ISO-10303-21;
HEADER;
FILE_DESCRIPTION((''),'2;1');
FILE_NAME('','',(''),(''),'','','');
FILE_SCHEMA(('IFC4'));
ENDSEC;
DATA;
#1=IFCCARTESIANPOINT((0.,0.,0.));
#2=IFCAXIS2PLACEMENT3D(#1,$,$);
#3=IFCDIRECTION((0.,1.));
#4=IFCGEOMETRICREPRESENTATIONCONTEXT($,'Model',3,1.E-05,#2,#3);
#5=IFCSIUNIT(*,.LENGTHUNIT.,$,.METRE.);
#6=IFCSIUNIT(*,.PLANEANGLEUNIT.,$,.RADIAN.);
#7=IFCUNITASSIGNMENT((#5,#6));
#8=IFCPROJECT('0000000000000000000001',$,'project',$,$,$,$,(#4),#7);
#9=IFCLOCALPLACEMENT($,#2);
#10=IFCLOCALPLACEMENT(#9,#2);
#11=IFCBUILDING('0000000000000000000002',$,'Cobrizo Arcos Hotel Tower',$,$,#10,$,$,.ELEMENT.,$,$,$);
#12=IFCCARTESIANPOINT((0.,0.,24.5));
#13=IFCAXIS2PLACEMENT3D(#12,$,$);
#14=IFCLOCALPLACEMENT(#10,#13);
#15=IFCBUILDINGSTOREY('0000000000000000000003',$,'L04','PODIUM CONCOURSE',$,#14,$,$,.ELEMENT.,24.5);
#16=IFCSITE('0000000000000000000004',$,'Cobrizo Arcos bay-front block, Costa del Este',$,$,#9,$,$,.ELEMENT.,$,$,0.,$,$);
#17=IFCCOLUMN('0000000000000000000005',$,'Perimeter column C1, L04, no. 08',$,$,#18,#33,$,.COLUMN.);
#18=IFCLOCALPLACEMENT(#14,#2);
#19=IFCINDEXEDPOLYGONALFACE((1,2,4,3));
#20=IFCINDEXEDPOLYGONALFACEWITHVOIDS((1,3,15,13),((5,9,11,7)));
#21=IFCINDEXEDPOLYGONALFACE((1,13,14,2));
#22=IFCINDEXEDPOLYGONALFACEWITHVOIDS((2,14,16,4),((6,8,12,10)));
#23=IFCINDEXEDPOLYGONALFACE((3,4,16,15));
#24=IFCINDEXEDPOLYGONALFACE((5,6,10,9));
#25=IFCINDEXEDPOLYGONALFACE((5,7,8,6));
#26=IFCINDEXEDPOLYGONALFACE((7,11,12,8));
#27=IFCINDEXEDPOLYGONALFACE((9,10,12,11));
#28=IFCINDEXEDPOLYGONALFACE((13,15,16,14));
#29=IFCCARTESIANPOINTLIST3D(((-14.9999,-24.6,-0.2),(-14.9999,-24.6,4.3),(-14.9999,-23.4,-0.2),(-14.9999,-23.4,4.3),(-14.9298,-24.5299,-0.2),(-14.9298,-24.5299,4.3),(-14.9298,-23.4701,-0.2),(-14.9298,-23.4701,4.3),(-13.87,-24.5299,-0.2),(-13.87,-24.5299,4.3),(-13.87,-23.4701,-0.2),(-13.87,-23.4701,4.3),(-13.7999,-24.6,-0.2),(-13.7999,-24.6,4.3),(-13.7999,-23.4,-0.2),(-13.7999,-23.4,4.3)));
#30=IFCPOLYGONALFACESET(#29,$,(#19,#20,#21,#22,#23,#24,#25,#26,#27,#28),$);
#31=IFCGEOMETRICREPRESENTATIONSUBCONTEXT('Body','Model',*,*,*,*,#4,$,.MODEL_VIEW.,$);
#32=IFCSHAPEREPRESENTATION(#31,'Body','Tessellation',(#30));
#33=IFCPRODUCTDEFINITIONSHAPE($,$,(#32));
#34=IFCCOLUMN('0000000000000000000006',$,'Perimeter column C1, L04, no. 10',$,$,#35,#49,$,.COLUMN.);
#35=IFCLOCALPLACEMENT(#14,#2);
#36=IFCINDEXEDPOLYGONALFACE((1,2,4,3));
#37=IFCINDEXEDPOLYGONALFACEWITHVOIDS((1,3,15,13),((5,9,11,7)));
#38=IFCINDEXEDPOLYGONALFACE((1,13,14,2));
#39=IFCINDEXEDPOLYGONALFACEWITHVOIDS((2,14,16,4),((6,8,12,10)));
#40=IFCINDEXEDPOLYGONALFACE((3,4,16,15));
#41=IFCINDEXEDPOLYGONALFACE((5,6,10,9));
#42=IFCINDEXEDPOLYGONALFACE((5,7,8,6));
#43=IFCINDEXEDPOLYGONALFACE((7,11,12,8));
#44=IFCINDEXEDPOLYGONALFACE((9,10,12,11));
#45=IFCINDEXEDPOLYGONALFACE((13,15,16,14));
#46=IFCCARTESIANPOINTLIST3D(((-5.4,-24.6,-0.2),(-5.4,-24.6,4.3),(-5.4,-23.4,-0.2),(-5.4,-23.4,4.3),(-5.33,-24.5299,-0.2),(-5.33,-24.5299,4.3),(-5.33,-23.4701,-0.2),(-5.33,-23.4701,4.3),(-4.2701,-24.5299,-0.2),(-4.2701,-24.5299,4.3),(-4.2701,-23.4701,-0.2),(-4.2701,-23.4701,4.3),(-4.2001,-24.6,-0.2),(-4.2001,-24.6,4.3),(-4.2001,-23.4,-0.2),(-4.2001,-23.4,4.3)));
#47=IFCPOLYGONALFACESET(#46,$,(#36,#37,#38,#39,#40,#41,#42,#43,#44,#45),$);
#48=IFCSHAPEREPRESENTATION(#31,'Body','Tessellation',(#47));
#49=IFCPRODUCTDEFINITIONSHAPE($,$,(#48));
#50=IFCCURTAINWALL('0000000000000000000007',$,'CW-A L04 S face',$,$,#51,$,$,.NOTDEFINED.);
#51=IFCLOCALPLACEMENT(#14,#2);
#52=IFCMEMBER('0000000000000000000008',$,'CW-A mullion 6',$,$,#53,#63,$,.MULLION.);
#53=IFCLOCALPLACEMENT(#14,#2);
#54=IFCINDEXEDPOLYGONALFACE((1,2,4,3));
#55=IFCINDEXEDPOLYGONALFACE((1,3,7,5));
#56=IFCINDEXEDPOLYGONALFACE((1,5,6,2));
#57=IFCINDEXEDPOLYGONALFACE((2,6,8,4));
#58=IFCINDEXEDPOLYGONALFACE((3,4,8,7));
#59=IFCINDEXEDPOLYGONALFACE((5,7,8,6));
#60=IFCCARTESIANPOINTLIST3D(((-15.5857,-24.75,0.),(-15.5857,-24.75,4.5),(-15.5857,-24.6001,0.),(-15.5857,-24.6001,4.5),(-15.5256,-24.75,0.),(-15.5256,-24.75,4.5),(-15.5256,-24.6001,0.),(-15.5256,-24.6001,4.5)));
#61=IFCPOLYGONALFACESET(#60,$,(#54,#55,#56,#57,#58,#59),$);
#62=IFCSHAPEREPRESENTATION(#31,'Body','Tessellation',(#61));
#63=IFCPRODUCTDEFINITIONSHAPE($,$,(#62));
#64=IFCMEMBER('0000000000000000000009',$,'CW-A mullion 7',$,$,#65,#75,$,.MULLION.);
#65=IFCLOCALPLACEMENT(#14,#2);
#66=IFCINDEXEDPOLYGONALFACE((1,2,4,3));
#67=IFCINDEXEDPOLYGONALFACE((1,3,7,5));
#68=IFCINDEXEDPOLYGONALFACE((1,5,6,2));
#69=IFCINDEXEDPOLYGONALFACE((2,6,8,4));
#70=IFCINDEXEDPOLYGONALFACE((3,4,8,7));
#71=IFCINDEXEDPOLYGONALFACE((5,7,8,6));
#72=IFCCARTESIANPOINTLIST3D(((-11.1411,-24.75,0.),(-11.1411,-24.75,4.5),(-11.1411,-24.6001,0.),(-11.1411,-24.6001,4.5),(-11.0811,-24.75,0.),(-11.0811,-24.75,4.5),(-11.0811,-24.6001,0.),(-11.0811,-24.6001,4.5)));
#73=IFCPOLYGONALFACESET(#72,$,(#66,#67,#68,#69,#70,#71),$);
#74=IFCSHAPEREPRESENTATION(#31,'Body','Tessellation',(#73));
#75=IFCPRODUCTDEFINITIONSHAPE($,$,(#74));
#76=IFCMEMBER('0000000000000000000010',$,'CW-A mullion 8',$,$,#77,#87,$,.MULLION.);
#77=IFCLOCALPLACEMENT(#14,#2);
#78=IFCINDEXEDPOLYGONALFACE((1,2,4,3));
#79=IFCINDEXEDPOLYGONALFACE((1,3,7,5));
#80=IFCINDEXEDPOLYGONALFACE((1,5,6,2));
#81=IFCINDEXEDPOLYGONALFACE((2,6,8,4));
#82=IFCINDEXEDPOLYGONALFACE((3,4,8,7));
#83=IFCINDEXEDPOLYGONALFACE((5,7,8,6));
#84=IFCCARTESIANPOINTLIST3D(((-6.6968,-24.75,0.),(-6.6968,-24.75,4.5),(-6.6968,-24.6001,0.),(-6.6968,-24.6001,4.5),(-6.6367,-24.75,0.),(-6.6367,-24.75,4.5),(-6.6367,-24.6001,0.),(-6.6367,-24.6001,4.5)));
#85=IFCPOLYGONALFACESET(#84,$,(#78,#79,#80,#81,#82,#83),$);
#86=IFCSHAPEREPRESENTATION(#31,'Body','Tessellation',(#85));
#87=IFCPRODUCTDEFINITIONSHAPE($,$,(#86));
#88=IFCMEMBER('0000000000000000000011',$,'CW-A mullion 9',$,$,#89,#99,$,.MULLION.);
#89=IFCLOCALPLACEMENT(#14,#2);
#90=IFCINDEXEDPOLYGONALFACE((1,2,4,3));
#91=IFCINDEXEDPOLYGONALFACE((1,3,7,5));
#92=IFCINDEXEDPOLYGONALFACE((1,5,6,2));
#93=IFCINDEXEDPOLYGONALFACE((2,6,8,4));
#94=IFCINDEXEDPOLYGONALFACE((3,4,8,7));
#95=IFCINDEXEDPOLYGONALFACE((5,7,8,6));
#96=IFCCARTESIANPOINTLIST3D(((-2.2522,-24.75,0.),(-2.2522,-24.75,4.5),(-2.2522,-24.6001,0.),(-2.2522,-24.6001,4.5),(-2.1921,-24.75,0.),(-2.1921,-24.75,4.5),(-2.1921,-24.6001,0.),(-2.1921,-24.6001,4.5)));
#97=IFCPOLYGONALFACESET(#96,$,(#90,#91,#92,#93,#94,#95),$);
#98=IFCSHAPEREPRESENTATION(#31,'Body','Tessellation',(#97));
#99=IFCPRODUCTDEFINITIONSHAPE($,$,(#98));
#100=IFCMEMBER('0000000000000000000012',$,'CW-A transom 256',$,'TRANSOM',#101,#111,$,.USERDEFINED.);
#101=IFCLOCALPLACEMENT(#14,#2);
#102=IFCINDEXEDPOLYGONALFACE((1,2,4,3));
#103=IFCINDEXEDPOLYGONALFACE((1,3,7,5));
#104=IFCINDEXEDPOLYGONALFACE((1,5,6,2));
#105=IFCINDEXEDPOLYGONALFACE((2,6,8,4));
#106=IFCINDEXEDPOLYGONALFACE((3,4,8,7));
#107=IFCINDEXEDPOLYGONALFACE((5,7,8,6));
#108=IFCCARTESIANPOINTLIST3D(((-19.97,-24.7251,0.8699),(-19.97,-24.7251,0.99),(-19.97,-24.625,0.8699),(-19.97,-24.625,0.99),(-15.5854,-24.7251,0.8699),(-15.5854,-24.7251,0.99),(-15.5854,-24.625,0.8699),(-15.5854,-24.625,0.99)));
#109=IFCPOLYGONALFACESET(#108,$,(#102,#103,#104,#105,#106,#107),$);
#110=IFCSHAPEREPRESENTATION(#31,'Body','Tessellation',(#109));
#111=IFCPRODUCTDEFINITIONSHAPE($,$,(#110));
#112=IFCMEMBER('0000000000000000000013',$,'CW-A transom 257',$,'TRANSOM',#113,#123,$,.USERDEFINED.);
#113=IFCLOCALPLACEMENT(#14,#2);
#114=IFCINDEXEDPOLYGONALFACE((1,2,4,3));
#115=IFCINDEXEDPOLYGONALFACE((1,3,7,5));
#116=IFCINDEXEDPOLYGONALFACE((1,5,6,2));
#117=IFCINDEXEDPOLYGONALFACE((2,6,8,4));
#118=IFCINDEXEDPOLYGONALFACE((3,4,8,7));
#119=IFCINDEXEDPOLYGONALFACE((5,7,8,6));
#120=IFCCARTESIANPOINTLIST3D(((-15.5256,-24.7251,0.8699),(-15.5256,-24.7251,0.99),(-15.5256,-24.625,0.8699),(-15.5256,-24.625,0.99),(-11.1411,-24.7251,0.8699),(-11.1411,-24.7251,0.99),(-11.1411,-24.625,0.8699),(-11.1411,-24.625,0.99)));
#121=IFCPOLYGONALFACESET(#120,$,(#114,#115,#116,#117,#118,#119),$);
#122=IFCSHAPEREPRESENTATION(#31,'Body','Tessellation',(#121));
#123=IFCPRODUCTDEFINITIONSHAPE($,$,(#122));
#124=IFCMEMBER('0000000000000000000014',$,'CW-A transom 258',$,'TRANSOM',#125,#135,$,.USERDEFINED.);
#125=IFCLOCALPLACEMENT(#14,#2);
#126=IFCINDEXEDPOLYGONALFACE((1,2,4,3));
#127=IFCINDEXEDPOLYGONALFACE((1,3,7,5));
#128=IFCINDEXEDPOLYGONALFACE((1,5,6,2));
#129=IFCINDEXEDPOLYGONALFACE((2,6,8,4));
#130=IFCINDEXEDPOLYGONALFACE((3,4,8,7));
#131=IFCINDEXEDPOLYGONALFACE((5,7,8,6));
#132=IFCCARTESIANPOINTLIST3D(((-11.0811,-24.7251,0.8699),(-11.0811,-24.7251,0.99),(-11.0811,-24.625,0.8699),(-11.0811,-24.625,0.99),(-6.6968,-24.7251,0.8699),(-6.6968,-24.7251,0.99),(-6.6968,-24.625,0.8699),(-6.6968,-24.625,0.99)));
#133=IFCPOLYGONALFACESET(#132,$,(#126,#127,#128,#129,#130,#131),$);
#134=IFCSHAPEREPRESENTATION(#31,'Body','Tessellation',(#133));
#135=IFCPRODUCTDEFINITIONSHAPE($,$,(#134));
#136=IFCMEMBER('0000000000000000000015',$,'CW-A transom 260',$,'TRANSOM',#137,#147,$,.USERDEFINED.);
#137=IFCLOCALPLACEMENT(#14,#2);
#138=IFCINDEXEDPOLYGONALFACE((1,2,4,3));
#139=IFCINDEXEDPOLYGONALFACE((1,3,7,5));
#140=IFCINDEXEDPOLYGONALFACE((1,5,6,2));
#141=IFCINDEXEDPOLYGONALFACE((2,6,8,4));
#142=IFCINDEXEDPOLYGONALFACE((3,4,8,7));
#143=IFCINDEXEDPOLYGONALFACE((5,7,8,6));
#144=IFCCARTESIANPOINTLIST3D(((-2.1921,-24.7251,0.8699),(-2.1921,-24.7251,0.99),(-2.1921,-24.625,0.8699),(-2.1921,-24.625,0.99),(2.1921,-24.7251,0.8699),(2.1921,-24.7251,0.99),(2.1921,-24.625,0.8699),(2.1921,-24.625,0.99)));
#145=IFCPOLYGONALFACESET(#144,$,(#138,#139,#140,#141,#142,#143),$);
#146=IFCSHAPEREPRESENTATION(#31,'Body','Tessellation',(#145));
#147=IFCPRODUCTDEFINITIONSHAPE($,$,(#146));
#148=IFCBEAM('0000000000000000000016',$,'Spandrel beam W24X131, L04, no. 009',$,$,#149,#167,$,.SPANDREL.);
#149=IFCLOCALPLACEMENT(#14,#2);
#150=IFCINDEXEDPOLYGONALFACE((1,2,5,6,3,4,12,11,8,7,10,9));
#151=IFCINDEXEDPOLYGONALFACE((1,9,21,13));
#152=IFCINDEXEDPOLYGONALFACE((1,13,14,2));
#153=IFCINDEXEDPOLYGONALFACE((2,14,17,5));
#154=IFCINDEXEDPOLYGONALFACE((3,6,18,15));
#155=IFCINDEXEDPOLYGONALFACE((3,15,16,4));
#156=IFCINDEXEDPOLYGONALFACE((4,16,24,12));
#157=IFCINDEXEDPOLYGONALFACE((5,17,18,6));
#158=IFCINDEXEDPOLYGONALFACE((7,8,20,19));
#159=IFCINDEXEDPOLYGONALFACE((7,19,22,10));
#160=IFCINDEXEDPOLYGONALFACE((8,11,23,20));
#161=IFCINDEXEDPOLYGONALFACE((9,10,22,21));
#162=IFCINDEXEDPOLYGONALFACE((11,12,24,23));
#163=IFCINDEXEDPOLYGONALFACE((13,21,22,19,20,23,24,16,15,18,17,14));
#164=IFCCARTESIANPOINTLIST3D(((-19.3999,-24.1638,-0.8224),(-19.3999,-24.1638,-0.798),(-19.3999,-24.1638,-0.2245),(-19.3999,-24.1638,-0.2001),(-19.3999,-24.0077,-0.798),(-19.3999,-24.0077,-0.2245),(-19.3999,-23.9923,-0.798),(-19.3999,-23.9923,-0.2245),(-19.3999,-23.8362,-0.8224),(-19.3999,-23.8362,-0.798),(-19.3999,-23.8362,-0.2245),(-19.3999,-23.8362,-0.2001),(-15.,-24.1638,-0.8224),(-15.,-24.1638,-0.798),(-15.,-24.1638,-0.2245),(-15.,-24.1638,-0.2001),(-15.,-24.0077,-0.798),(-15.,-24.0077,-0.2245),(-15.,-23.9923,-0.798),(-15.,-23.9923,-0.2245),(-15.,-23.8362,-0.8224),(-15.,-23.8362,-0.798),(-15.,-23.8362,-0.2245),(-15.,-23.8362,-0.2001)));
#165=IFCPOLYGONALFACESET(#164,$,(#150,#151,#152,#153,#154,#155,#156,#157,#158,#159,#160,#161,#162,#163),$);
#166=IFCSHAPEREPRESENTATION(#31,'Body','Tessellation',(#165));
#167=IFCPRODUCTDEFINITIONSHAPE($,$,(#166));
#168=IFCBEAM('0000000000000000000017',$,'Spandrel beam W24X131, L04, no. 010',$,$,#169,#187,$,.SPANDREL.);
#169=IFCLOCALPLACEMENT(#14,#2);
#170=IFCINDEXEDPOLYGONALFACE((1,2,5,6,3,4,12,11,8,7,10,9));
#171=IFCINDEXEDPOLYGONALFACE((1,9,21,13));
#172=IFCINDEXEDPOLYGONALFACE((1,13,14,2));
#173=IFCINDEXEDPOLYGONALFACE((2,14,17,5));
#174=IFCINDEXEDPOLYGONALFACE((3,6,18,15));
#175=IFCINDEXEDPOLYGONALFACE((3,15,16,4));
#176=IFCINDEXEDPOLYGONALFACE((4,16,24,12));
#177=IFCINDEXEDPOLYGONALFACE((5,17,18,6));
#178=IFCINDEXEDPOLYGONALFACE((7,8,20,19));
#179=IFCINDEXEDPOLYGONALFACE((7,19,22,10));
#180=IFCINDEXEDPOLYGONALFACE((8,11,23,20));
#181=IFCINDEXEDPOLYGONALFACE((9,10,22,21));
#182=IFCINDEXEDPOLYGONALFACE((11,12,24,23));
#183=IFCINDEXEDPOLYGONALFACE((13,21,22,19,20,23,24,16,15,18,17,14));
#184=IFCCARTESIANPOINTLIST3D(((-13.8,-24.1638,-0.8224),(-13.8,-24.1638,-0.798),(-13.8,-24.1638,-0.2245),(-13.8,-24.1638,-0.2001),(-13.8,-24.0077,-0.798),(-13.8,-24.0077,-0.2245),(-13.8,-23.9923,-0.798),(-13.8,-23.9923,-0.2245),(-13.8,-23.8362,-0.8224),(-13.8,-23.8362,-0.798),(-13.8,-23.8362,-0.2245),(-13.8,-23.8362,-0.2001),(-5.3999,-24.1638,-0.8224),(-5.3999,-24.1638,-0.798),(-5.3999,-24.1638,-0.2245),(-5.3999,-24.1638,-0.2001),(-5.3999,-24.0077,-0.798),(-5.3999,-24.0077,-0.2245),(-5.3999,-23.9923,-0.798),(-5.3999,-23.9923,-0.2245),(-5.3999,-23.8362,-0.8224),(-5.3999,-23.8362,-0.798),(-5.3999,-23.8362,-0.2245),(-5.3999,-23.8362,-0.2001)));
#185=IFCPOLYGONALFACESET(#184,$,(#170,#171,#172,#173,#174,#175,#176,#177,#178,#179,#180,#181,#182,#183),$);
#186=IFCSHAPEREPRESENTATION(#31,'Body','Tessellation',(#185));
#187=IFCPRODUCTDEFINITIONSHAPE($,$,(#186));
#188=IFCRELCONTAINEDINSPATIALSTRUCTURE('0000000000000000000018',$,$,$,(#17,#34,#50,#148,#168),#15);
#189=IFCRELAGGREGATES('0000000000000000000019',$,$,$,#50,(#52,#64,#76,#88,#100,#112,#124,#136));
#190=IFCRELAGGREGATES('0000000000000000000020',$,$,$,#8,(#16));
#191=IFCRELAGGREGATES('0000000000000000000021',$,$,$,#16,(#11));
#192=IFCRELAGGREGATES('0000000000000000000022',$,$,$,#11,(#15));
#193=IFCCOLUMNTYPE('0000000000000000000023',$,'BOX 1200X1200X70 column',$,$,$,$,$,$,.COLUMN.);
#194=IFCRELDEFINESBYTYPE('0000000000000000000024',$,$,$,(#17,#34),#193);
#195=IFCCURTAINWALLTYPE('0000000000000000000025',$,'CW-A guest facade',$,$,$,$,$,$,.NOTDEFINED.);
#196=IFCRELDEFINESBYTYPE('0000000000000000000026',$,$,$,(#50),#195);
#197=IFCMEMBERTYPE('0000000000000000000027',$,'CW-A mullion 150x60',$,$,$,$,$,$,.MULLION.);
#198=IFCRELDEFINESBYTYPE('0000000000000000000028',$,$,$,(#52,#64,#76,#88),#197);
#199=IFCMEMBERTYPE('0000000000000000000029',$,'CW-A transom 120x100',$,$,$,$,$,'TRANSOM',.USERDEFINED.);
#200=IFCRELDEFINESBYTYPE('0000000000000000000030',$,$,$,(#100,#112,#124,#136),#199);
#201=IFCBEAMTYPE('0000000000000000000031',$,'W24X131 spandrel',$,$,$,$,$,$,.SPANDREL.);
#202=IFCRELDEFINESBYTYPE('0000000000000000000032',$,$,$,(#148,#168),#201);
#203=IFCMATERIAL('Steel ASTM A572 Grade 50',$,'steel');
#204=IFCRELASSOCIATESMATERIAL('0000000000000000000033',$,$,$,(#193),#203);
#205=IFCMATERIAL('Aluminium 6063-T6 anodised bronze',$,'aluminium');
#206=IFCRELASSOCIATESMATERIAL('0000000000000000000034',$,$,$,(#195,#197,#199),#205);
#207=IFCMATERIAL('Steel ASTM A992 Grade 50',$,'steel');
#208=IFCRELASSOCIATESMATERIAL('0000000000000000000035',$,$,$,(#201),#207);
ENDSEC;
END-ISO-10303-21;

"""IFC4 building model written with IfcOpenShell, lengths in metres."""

from ifc_helpers import new_model, si_unit, direction, frame, origin, origin_2d, place, context, subcontext, project, spatial, rectangle, hollow_rectangle, i_section, extrude, material, material_profile, profile_set, type_object, element, aggregate, save


model = new_model("IFC4")

# Units and contexts
model_context = context("Model", 3, precision=1e-05, world=origin(), true_north=direction((0.0, 1.0)))
body_context = subcontext(model_context, "Body", "Model", "MODEL_VIEW")
ifc_project = project(units=[si_unit("LENGTHUNIT", "METRE"), si_unit("PLANEANGLEUNIT", "RADIAN")], contexts=[model_context])

# Site, building, storey
site_placement = place(None, origin())
site = spatial("IfcSite", under=ifc_project, at=site_placement, Name="Cobrizo Arcos bay-front block, Costa del Este", CompositionType="ELEMENT", RefElevation=0.0)
building_placement = place(site_placement, origin())
building = spatial("IfcBuilding", under=site, at=building_placement, Name="Cobrizo Arcos Hotel Tower", CompositionType="ELEMENT")
storey_placement = place(building_placement, frame((0.0, 0.0, 24.5)))
storey = spatial("IfcBuildingStorey", under=building, at=storey_placement, Name="L04", Description="PODIUM CONCOURSE", CompositionType="ELEMENT", Elevation=24.5)

# Columns
ifc_material_1 = material(Name="Steel ASTM A572 Grade 50", Category="steel")
ifc_material_profile_1 = material_profile(ifc_material_1, hollow_rectangle(XDim=1.2, YDim=1.2, WallThickness=0.0701, at=origin_2d()), Name="BOX 1200X1200X70")
ifc_profile_set_1 = profile_set([ifc_material_profile_1], Name="Steel ASTM A572 Grade 50")
column_type = type_object("IfcColumnType", Name="BOX 1200X1200X70 column", PredefinedType="COLUMN", material=ifc_profile_set_1)
for number, where, z_axis, x_axis, name in (
    (1, (-14.3999, -24.0, -0.2), (0.0, 0.0, 1.0), (1.0, 0.0, 0.0), "Perimeter column C1, L04, no. 08"),
    (2, (-4.8, -24.0, -0.2), (0.0, 0.0, 1.0), (1.0, 0.0, 0.0), "Perimeter column C1, L04, no. 10"),
):
    element("IfcColumn", number, at=place(storey_placement, frame(where, z_axis=z_axis, x_axis=x_axis)), inside=storey, type_object=column_type, Name=name, PredefinedType="COLUMN", context=body_context, shape_type="SweptSolid", body=[
        extrude(hollow_rectangle(XDim=1.2, YDim=1.2, WallThickness=0.0701, at=origin_2d()), origin(), (0.0, 0.0, 1.0), 4.5),
    ])

# Curtain wall, members
ifc_material_2 = material(Name="Aluminium 6063-T6 anodised bronze", Category="aluminium")
curtain_wall_type = type_object("IfcCurtainWallType", Name="CW-A guest facade", PredefinedType="NOTDEFINED", material=ifc_material_2)
curtain_wall_placement = place(storey_placement, origin())
curtain_wall = element("IfcCurtainWall", 3, at=curtain_wall_placement, inside=storey, type_object=curtain_wall_type, Name="CW-A L04 S face", PredefinedType="NOTDEFINED")
ifc_material_profile_2 = material_profile(ifc_material_2, rectangle(XDim=0.1499, YDim=0.0601, at=origin_2d()), Name="CW-A mullion 150x60")
ifc_profile_set_2 = profile_set([ifc_material_profile_2], Name="Aluminium 6063-T6 anodised bronze")
member_type_1 = type_object("IfcMemberType", Name="CW-A mullion 150x60", PredefinedType="MULLION", material=ifc_profile_set_2)
member_1_placement = place(storey_placement, frame((-15.5557, -24.675, 0.0), z_axis=(0.0, 0.0, 1.0), x_axis=(0.0, -1.0, 0.0)))
member_1 = element("IfcMember", 4, at=member_1_placement, type_object=member_type_1, Name="CW-A mullion 6", PredefinedType="MULLION", context=body_context, shape_type="SweptSolid", body=[
    extrude(rectangle(XDim=0.1499, YDim=0.0601, at=origin_2d()), origin(), (0.0, 0.0, 1.0), 4.5),
])
member_2_placement = place(storey_placement, frame((-11.1111, -24.675, 0.0), z_axis=(0.0, 0.0, 1.0), x_axis=(0.0, -1.0, 0.0)))
member_2 = element("IfcMember", 5, at=member_2_placement, type_object=member_type_1, Name="CW-A mullion 7", PredefinedType="MULLION", context=body_context, shape_type="SweptSolid", body=[
    extrude(rectangle(XDim=0.1499, YDim=0.0601, at=origin_2d()), origin(), (0.0, 0.0, 1.0), 4.5),
])
member_3_placement = place(storey_placement, frame((-6.6667, -24.675, 0.0), z_axis=(0.0, 0.0, 1.0), x_axis=(0.0, -1.0, 0.0)))
member_3 = element("IfcMember", 6, at=member_3_placement, type_object=member_type_1, Name="CW-A mullion 8", PredefinedType="MULLION", context=body_context, shape_type="SweptSolid", body=[
    extrude(rectangle(XDim=0.1499, YDim=0.0601, at=origin_2d()), origin(), (0.0, 0.0, 1.0), 4.5),
])
member_4_placement = place(storey_placement, frame((-2.2222, -24.675, 0.0), z_axis=(0.0, 0.0, 1.0), x_axis=(0.0, -1.0, 0.0)))
member_4 = element("IfcMember", 7, at=member_4_placement, type_object=member_type_1, Name="CW-A mullion 9", PredefinedType="MULLION", context=body_context, shape_type="SweptSolid", body=[
    extrude(rectangle(XDim=0.1499, YDim=0.0601, at=origin_2d()), origin(), (0.0, 0.0, 1.0), 4.5),
])
ifc_material_profile_3 = material_profile(ifc_material_2, rectangle(XDim=0.1001, YDim=0.1201, at=origin_2d()), Name="CW-A transom 120x100")
ifc_profile_set_3 = profile_set([ifc_material_profile_3], Name="Aluminium 6063-T6 anodised bronze")
member_type_2 = type_object("IfcMemberType", Name="CW-A transom 120x100", ElementType="TRANSOM", PredefinedType="USERDEFINED", material=ifc_profile_set_3)
member_5_placement = place(storey_placement, frame((-19.97, -24.675, 0.9299), z_axis=(1.0, 0.0, 0.0), x_axis=(0.0, 1.0, 0.0)))
member_5 = element("IfcMember", 8, at=member_5_placement, type_object=member_type_2, Name="CW-A transom 256", ObjectType="TRANSOM", PredefinedType="USERDEFINED", context=body_context, shape_type="SweptSolid", body=[
    extrude(rectangle(XDim=0.1001, YDim=0.1201, at=origin_2d()), origin(), (0.0, 0.0, 1.0), 4.3845),
])
member_6_placement = place(storey_placement, frame((-15.5256, -24.675, 0.9299), z_axis=(1.0, 0.0, 0.0), x_axis=(0.0, 1.0, 0.0)))
member_6 = element("IfcMember", 9, at=member_6_placement, type_object=member_type_2, Name="CW-A transom 257", ObjectType="TRANSOM", PredefinedType="USERDEFINED", context=body_context, shape_type="SweptSolid", body=[
    extrude(rectangle(XDim=0.1001, YDim=0.1201, at=origin_2d()), origin(), (0.0, 0.0, 1.0), 4.3845),
])
member_7_placement = place(storey_placement, frame((-11.0811, -24.675, 0.9299), z_axis=(1.0, 0.0, 0.0), x_axis=(0.0, 1.0, 0.0)))
member_7 = element("IfcMember", 10, at=member_7_placement, type_object=member_type_2, Name="CW-A transom 258", ObjectType="TRANSOM", PredefinedType="USERDEFINED", context=body_context, shape_type="SweptSolid", body=[
    extrude(rectangle(XDim=0.1001, YDim=0.1201, at=origin_2d()), origin(), (0.0, 0.0, 1.0), 4.3843),
])
member_8_placement = place(storey_placement, frame((-2.1921, -24.675, 0.9299), z_axis=(1.0, 0.0, 0.0), x_axis=(0.0, 1.0, 0.0)))
member_8 = element("IfcMember", 11, at=member_8_placement, type_object=member_type_2, Name="CW-A transom 260", ObjectType="TRANSOM", PredefinedType="USERDEFINED", context=body_context, shape_type="SweptSolid", body=[
    extrude(rectangle(XDim=0.1001, YDim=0.1201, at=origin_2d()), origin(), (0.0, 0.0, 1.0), 4.3843),
])

# Beams
ifc_material_3 = material(Name="Steel ASTM A992 Grade 50", Category="steel")
ifc_material_profile_4 = material_profile(ifc_material_3, i_section(OverallWidth=0.3276, OverallDepth=0.6223, WebThickness=0.0154, FlangeThickness=0.0244, at=origin_2d()), Name="W24X131")
ifc_profile_set_4 = profile_set([ifc_material_profile_4], Name="Steel ASTM A992 Grade 50")
beam_type_1 = type_object("IfcBeamType", Name="W24X131 spandrel", PredefinedType="SPANDREL", material=ifc_profile_set_4)
beam_1_placement = place(storey_placement, frame((-19.3999, -24.0, -0.5112), z_axis=(1.0, 0.0, 0.0), x_axis=(0.0, 1.0, 0.0)))
element("IfcBeam", 12, at=beam_1_placement, inside=storey, type_object=beam_type_1, Name="Spandrel beam W24X131, L04, no. 009", PredefinedType="SPANDREL", context=body_context, shape_type="SweptSolid", body=[
    extrude(i_section(OverallWidth=0.3276, OverallDepth=0.6223, WebThickness=0.0154, FlangeThickness=0.0244, at=origin_2d()), origin(), (0.0, 0.0, 1.0), 4.3999),
])
beam_2_placement = place(storey_placement, frame((-13.8, -24.0, -0.5112), z_axis=(1.0, 0.0, 0.0), x_axis=(0.0, 1.0, 0.0)))
element("IfcBeam", 13, at=beam_2_placement, inside=storey, type_object=beam_type_1, Name="Spandrel beam W24X131, L04, no. 010", PredefinedType="SPANDREL", context=body_context, shape_type="SweptSolid", body=[
    extrude(i_section(OverallWidth=0.3276, OverallDepth=0.6223, WebThickness=0.0154, FlangeThickness=0.0244, at=origin_2d()), origin(), (0.0, 0.0, 1.0), 8.4001),
])

aggregate(curtain_wall, [member_1, member_2, member_3, member_4, member_5, member_6, member_7, member_8])

save(model, "model.ifc")
